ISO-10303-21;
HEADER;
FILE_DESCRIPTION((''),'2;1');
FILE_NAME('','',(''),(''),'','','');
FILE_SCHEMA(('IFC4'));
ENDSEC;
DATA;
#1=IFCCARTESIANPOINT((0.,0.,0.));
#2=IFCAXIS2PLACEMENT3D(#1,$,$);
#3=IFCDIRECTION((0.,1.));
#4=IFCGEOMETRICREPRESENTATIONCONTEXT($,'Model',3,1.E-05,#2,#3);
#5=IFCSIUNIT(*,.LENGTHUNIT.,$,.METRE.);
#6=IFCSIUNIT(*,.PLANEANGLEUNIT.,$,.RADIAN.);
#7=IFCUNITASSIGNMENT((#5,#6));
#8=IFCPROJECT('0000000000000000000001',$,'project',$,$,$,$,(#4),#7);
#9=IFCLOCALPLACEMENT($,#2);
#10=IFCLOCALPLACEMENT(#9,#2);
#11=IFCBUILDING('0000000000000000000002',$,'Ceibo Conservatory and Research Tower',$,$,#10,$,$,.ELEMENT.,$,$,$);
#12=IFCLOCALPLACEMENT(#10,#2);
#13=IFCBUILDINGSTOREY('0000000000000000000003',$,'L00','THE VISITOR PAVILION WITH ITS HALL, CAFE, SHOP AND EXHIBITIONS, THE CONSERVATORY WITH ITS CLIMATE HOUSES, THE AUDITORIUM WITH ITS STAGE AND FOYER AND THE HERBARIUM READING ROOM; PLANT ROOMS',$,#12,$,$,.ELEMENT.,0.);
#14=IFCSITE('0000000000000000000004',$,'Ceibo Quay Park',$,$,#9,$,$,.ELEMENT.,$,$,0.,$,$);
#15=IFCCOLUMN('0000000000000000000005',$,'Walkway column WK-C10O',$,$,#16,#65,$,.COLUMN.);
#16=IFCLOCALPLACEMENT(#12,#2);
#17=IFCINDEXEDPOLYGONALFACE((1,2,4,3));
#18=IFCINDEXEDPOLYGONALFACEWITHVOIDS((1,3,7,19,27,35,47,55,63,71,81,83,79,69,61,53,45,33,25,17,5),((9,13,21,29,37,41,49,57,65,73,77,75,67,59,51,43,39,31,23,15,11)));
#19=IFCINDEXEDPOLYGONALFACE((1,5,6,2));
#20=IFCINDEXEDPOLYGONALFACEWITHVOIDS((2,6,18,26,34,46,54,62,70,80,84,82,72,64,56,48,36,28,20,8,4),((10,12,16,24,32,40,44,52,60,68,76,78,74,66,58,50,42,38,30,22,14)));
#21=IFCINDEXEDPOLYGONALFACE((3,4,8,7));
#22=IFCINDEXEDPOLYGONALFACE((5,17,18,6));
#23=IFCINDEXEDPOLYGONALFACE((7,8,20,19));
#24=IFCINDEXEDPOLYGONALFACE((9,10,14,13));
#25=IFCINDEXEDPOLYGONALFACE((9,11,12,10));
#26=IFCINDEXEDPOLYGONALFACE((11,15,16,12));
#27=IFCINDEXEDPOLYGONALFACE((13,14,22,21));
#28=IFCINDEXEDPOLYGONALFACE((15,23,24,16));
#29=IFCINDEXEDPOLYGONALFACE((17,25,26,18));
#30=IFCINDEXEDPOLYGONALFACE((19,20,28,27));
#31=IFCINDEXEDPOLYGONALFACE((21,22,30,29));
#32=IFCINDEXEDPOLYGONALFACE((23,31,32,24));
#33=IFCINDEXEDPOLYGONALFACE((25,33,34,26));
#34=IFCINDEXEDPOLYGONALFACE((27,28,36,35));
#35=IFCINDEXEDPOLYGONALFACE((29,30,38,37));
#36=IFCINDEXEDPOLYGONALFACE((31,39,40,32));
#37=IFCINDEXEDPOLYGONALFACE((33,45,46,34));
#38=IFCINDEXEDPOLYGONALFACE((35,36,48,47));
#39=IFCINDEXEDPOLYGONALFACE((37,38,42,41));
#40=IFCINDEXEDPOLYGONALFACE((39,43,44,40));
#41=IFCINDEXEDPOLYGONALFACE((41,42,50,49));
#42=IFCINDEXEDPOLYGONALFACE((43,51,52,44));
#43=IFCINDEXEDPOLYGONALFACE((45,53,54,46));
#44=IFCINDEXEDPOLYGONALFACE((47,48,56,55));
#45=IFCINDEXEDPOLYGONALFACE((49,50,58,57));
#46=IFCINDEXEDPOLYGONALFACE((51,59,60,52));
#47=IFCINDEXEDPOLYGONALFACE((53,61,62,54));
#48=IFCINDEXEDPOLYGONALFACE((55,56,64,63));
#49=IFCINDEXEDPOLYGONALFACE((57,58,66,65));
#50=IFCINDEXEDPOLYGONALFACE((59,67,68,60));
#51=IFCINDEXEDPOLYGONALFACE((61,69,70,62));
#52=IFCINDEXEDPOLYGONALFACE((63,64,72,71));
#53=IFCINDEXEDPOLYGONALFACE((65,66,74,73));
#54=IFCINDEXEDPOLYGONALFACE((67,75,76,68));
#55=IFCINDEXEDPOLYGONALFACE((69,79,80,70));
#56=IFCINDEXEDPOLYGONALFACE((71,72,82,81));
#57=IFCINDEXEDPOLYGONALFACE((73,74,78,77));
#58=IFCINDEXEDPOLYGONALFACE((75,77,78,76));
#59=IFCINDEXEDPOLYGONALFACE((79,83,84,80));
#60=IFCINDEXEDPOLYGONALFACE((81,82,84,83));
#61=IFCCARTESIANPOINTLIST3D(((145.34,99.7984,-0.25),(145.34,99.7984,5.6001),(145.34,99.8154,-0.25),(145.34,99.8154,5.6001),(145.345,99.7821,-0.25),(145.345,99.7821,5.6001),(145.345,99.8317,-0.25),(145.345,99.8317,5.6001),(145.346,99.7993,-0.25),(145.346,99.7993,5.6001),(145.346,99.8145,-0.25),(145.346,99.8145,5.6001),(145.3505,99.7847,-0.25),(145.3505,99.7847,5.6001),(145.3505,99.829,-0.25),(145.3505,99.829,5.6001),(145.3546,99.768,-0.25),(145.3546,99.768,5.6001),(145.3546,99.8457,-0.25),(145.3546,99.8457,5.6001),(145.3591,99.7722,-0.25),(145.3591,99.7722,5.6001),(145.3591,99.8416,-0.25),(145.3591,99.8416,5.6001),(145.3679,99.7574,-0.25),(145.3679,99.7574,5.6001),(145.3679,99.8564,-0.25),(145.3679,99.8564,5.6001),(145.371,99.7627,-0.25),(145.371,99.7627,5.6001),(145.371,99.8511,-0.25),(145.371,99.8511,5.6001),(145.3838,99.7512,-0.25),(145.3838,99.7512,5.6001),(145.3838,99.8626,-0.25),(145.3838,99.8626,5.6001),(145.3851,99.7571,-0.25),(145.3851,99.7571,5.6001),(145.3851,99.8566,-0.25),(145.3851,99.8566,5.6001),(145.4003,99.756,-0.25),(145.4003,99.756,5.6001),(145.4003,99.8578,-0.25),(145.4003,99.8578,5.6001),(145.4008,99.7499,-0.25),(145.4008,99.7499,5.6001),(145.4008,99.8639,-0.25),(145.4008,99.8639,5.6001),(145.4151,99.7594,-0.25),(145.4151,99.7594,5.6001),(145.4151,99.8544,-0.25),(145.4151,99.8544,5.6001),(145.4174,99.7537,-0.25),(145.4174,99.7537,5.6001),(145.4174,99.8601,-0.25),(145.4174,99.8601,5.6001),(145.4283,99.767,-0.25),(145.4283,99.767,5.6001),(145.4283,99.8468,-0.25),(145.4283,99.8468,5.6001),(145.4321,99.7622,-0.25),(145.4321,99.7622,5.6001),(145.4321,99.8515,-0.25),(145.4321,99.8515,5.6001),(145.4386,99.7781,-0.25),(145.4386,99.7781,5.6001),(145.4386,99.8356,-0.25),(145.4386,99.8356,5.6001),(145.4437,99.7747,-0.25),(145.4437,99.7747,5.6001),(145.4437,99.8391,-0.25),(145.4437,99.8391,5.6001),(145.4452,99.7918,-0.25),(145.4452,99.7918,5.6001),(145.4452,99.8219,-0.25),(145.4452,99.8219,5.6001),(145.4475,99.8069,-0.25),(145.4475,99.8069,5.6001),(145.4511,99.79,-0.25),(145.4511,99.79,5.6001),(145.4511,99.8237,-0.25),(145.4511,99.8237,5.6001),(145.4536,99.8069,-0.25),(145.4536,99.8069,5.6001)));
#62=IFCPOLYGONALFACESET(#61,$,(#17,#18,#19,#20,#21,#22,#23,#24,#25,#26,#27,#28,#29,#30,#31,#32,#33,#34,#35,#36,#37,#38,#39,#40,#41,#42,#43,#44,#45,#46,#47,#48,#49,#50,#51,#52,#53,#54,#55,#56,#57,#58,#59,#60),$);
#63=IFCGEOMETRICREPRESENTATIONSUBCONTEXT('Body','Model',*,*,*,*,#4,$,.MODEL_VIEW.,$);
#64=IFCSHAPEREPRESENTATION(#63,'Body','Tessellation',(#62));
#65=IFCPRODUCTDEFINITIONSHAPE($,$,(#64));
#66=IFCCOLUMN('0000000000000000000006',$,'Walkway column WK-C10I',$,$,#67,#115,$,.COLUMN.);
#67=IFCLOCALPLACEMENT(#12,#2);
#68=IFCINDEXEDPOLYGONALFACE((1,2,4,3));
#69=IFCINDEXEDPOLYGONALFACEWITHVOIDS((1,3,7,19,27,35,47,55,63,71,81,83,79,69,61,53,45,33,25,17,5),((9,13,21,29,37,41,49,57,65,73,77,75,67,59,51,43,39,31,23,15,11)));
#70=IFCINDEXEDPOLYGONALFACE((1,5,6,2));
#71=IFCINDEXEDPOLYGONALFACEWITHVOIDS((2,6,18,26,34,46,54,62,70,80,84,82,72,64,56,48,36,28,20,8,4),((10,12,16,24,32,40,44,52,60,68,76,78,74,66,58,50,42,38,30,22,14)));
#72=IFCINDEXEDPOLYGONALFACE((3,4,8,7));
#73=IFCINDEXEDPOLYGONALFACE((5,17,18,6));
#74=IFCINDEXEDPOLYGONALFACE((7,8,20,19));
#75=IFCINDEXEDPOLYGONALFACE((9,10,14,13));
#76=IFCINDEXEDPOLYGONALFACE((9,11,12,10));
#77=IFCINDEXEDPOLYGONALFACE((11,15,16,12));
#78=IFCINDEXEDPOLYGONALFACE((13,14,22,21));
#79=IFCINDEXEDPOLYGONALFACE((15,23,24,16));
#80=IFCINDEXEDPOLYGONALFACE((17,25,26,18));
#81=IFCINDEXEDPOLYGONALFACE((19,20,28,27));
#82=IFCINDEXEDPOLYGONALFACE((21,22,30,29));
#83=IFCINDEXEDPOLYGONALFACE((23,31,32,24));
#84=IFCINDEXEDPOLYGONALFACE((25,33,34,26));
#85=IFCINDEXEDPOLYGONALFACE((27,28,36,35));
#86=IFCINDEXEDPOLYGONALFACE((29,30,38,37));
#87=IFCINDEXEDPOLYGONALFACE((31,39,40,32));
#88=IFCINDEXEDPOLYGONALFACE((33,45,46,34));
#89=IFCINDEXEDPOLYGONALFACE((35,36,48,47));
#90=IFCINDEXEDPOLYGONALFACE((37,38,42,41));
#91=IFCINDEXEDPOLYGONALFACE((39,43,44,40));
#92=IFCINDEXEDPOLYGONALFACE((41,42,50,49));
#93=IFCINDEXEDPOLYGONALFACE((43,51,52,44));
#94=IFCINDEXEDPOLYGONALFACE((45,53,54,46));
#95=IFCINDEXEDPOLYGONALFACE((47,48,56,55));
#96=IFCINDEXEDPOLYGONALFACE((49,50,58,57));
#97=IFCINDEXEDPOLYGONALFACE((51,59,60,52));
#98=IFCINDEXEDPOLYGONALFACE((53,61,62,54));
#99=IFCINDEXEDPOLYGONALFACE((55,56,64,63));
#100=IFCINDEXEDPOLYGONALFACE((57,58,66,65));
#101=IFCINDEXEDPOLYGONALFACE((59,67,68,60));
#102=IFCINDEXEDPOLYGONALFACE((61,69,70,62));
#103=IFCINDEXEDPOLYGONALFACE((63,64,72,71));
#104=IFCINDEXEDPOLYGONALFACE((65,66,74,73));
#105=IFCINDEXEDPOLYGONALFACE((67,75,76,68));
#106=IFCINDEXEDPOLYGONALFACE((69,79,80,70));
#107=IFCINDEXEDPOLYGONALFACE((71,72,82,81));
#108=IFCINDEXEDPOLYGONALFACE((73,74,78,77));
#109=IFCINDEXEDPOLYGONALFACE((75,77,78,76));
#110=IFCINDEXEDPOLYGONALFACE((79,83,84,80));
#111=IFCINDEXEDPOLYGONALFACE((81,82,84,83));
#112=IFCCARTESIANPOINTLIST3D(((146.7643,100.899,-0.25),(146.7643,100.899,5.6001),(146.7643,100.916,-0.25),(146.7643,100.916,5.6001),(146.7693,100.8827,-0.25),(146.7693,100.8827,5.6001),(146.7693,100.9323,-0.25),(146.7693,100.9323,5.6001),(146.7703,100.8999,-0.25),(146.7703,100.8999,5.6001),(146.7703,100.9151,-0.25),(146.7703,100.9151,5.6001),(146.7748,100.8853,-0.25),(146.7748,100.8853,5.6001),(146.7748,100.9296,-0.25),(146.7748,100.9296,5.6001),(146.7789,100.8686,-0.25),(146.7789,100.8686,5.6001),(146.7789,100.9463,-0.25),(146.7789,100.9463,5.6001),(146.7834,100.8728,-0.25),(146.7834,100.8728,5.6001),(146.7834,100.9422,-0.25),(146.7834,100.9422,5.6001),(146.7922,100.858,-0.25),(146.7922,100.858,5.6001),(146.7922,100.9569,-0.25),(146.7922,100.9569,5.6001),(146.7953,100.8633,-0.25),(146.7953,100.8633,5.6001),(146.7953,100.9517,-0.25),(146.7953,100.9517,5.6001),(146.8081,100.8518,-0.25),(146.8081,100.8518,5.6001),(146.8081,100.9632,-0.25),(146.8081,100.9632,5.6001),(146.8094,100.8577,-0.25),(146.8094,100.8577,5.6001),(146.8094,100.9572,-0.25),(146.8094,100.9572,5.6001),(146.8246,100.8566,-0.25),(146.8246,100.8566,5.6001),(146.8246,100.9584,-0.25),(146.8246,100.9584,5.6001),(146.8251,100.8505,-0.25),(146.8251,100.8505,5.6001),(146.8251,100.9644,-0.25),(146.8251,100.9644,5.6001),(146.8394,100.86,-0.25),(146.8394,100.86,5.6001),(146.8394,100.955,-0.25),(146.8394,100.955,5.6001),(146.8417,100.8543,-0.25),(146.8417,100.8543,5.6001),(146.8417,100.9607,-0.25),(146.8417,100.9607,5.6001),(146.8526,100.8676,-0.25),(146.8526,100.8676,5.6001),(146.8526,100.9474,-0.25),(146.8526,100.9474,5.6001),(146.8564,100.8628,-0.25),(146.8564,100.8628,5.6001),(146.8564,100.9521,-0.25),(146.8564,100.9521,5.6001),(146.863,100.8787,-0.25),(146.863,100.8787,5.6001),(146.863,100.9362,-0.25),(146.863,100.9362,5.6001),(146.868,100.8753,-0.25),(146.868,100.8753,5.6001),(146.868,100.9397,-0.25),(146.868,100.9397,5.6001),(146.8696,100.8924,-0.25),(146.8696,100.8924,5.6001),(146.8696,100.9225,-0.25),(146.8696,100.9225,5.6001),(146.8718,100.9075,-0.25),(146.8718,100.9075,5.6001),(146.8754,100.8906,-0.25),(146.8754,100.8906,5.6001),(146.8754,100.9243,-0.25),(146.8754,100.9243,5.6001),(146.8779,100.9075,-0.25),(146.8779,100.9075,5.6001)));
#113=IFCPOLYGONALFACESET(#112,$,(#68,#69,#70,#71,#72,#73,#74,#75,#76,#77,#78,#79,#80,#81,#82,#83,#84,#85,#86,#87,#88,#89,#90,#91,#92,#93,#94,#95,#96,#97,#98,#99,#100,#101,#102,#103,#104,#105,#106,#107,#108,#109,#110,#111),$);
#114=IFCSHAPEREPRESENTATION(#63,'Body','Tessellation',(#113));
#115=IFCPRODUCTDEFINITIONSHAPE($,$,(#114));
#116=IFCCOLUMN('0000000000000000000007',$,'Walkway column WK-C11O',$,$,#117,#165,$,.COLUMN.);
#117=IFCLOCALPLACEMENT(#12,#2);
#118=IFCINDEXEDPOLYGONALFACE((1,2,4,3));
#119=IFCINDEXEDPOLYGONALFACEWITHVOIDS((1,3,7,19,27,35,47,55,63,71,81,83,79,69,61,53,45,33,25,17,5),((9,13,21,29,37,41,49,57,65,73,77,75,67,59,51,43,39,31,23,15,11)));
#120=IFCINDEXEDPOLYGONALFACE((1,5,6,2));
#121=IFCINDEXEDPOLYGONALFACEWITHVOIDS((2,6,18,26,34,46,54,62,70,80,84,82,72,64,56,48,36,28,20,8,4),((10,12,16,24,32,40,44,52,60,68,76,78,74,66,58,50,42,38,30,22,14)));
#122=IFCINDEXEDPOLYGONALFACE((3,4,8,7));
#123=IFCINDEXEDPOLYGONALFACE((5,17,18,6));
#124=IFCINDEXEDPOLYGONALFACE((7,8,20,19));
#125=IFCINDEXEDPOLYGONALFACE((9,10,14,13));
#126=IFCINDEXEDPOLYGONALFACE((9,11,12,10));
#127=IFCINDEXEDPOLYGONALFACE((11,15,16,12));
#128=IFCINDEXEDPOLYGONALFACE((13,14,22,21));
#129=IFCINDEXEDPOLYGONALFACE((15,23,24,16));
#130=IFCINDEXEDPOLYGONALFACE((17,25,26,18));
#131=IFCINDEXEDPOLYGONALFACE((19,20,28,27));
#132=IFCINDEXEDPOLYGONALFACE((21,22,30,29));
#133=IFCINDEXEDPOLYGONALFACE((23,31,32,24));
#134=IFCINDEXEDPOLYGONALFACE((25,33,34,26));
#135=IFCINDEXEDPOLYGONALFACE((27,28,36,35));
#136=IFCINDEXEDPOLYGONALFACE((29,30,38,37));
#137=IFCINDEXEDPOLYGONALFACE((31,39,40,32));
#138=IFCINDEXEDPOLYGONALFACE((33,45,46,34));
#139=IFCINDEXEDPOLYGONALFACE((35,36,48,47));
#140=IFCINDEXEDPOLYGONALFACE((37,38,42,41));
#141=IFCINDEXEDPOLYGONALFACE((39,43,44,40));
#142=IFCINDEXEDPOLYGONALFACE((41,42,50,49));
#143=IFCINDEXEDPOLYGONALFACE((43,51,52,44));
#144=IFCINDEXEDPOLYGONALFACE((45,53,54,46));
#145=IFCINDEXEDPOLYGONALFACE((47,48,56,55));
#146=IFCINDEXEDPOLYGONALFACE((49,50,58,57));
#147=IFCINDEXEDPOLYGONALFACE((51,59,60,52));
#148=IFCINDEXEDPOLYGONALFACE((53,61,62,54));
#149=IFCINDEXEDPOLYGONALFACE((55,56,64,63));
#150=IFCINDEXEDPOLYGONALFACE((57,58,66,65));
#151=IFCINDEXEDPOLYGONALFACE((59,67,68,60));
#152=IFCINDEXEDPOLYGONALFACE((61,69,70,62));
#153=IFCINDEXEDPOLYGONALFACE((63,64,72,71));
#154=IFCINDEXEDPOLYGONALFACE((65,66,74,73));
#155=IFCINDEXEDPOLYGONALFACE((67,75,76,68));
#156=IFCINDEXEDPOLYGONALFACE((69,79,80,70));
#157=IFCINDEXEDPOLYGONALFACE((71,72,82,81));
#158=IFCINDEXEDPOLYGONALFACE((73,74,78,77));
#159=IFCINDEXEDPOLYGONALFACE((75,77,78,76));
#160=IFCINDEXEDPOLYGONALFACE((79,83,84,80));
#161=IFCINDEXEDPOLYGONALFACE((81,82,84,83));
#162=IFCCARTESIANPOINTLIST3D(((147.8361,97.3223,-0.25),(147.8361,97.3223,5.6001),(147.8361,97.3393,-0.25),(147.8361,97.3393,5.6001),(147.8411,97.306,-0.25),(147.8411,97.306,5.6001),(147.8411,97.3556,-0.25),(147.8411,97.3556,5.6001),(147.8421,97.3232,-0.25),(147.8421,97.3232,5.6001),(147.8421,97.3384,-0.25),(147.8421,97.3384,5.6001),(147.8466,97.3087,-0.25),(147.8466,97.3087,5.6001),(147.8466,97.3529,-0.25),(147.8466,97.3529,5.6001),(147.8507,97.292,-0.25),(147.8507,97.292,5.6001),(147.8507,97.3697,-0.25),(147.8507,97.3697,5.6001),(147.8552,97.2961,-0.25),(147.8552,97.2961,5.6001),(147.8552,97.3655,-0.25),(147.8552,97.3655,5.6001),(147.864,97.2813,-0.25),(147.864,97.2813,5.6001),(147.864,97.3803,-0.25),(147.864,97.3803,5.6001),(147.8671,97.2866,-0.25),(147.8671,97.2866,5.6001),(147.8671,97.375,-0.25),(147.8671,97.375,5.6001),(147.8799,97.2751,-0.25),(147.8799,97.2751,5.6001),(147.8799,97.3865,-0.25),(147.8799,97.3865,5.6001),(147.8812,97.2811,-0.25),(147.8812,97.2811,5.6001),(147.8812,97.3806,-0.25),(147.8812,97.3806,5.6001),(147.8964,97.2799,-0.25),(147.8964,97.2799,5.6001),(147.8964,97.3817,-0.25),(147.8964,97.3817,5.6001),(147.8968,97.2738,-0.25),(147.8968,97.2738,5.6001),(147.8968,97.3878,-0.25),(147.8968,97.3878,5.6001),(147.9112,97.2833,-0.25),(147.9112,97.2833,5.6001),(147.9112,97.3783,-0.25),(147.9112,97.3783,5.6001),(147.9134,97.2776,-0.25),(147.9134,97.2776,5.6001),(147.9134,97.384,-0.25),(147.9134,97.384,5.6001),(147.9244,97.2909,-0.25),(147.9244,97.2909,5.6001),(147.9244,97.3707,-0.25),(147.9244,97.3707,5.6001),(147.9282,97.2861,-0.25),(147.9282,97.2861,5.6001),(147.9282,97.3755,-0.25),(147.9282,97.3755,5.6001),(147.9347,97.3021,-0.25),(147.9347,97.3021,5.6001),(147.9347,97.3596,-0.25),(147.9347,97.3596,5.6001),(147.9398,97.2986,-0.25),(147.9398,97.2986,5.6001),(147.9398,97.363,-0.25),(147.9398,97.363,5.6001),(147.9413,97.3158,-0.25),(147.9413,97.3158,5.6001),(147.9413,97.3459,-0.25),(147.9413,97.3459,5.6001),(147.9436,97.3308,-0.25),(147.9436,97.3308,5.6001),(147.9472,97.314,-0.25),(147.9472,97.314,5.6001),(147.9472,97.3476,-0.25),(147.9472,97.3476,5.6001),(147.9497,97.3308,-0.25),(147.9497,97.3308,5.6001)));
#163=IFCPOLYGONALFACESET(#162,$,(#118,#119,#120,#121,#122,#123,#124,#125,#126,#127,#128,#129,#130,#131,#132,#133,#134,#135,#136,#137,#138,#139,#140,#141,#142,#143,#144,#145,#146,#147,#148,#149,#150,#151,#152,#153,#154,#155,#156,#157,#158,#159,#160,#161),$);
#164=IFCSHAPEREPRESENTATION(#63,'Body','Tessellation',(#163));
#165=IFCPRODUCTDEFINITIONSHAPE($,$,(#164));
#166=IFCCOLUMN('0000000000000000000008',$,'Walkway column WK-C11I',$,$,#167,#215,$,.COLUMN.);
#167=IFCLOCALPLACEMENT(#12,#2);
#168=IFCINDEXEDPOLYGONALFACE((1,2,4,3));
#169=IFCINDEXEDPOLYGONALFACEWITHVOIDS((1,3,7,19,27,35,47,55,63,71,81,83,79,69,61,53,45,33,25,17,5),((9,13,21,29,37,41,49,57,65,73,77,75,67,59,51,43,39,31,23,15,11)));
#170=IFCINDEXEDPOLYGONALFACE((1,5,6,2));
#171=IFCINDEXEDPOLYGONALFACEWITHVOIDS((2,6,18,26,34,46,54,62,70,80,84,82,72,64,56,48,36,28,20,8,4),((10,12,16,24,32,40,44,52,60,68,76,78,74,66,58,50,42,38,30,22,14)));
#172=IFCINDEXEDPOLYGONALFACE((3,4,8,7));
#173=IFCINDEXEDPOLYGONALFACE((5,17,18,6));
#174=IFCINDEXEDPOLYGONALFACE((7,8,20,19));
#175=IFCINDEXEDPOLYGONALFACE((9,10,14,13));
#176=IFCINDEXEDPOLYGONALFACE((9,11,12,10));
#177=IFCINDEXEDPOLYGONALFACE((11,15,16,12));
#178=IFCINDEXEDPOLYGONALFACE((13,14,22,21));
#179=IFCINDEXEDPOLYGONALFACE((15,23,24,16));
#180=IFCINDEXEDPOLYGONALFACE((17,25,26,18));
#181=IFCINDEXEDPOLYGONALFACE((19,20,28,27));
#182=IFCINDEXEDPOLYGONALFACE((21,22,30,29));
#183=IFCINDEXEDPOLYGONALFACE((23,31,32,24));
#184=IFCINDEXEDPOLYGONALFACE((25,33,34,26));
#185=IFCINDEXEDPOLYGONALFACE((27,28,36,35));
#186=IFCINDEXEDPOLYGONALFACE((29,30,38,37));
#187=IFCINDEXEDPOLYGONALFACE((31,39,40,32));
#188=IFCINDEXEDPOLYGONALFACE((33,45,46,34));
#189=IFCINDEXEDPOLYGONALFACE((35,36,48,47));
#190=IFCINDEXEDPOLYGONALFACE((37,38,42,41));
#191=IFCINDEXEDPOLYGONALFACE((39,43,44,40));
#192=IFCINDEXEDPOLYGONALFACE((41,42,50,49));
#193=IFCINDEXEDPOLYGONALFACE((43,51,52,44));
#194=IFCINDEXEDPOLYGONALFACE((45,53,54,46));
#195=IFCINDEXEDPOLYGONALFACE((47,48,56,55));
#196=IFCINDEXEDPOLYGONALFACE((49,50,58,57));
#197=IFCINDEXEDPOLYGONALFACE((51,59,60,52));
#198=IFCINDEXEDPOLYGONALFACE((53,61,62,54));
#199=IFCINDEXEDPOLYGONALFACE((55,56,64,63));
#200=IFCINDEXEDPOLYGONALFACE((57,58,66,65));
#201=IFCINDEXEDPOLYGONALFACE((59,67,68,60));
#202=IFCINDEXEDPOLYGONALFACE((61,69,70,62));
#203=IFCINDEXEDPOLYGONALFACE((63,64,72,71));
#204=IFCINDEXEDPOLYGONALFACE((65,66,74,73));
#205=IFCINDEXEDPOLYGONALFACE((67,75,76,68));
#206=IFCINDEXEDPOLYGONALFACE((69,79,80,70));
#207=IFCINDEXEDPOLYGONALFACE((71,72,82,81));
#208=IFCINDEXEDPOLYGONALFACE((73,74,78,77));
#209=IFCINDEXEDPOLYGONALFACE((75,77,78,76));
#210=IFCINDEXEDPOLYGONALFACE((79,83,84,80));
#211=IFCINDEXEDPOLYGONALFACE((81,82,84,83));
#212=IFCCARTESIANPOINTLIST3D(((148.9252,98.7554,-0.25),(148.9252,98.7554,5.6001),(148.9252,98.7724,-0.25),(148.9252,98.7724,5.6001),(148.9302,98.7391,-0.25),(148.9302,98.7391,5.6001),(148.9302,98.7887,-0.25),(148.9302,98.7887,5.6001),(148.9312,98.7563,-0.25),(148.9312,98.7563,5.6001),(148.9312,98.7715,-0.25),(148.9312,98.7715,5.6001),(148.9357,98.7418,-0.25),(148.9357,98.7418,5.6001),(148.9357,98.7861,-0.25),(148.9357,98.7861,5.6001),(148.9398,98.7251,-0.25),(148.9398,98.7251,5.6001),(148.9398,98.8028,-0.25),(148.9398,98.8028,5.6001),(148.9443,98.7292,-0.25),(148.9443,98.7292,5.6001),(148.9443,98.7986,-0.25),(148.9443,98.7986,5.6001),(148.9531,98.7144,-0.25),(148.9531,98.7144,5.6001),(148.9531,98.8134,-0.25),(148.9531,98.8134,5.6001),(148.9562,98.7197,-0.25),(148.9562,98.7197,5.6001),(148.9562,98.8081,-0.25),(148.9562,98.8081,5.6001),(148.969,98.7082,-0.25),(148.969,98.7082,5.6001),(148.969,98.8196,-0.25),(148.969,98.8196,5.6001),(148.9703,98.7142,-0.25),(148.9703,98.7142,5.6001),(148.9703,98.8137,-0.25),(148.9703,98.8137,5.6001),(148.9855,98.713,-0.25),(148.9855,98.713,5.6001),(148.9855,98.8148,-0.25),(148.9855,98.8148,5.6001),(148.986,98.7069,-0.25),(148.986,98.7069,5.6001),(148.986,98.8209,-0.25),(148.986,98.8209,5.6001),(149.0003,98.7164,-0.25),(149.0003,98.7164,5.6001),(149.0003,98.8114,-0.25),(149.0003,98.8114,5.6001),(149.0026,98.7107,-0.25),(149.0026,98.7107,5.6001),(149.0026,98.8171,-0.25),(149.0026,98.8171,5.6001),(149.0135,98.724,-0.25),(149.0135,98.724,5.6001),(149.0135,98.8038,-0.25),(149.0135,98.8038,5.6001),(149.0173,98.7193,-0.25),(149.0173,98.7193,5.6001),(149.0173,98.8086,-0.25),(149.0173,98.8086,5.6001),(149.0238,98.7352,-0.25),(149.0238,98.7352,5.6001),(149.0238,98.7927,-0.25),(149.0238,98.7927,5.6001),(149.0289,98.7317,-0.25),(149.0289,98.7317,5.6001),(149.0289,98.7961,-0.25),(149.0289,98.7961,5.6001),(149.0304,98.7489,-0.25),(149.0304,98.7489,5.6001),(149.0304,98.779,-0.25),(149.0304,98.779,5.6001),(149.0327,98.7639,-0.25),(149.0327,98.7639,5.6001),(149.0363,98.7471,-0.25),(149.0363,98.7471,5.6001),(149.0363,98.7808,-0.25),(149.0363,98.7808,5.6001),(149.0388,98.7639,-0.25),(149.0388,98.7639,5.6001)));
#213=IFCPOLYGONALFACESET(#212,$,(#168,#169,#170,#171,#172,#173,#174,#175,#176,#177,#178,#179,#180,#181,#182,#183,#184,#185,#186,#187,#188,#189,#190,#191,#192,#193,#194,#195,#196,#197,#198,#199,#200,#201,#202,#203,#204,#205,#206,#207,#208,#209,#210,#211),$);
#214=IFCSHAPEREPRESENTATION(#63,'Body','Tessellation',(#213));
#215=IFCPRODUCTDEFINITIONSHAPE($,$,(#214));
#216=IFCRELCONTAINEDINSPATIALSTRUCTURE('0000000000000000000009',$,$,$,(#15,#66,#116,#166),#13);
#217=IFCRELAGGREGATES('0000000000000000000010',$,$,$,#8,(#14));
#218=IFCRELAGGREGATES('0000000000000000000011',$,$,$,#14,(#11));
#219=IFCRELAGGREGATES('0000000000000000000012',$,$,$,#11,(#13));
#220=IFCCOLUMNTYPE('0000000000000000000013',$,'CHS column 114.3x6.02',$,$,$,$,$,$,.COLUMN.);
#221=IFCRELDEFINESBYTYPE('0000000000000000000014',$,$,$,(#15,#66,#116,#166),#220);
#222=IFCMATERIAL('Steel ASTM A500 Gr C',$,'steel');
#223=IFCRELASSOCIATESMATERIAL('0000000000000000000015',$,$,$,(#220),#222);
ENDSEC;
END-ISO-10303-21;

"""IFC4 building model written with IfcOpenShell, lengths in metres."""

from ifc_helpers import new_model, si_unit, direction, frame, origin, origin_2d, place, context, subcontext, project, spatial, hollow_circle, extrude, material, material_profile, profile_set, type_object, element, save


model = new_model("IFC4")

# Units and contexts
model_context = context("Model", 3, precision=1e-05, world=origin(), true_north=direction((0.0, 1.0)))
body_context = subcontext(model_context, "Body", "Model", "MODEL_VIEW")
ifc_project = project(units=[si_unit("LENGTHUNIT", "METRE"), si_unit("PLANEANGLEUNIT", "RADIAN")], contexts=[model_context])

# Site, building, storey
site_placement = place(None, origin())
site = spatial("IfcSite", under=ifc_project, at=site_placement, Name="Ceibo Quay Park", CompositionType="ELEMENT", RefElevation=0.0)
building_placement = place(site_placement, origin())
building = spatial("IfcBuilding", under=site, at=building_placement, Name="Ceibo Conservatory and Research Tower", CompositionType="ELEMENT")
storey_placement = place(building_placement, origin())
storey = spatial("IfcBuildingStorey", under=building, at=storey_placement, Name="L00", Description="THE VISITOR PAVILION WITH ITS HALL, CAFE, SHOP AND EXHIBITIONS, THE CONSERVATORY WITH ITS CLIMATE HOUSES, THE AUDITORIUM WITH ITS STAGE AND FOYER AND THE HERBARIUM READING ROOM; PLANT ROOMS", CompositionType="ELEMENT", Elevation=0.0)

# Columns
ifc_material_1 = material(Name="Steel ASTM A500 Gr C", Category="steel")
ifc_material_profile = material_profile(ifc_material_1, hollow_circle(Radius=0.0571, WallThickness=0.0061, at=origin_2d()), Name="CHS column 114.3x6.02")
ifc_profile_set = profile_set([ifc_material_profile], Name="Steel ASTM A500 Gr C")
column_type = type_object("IfcColumnType", Name="CHS column 114.3x6.02", PredefinedType="COLUMN", material=ifc_profile_set)
for number, where, z_axis, x_axis, name in (
    (1, (145.3965, 99.8069, -0.25), (0.0, 0.0, 1.0), (1.0, 0.0, 0.0), "Walkway column WK-C10O"),
    (2, (146.8208, 100.9075, -0.25), (0.0, 0.0, 1.0), (1.0, 0.0, 0.0), "Walkway column WK-C10I"),
    (3, (147.8926, 97.3308, -0.25), (0.0, 0.0, 1.0), (1.0, 0.0, 0.0), "Walkway column WK-C11O"),
    (4, (148.9817, 98.7639, -0.25), (0.0, 0.0, 1.0), (1.0, 0.0, 0.0), "Walkway column WK-C11I"),
):
    element("IfcColumn", number, at=place(storey_placement, frame(where, z_axis=z_axis, x_axis=x_axis)), inside=storey, type_object=column_type, Name=name, PredefinedType="COLUMN", context=body_context, shape_type="SweptSolid", body=[
        extrude(hollow_circle(Radius=0.0571, WallThickness=0.0061, at=origin_2d()), origin(), (0.0, 0.0, 1.0), 5.8501),
    ])

save(model, "model.ifc")
